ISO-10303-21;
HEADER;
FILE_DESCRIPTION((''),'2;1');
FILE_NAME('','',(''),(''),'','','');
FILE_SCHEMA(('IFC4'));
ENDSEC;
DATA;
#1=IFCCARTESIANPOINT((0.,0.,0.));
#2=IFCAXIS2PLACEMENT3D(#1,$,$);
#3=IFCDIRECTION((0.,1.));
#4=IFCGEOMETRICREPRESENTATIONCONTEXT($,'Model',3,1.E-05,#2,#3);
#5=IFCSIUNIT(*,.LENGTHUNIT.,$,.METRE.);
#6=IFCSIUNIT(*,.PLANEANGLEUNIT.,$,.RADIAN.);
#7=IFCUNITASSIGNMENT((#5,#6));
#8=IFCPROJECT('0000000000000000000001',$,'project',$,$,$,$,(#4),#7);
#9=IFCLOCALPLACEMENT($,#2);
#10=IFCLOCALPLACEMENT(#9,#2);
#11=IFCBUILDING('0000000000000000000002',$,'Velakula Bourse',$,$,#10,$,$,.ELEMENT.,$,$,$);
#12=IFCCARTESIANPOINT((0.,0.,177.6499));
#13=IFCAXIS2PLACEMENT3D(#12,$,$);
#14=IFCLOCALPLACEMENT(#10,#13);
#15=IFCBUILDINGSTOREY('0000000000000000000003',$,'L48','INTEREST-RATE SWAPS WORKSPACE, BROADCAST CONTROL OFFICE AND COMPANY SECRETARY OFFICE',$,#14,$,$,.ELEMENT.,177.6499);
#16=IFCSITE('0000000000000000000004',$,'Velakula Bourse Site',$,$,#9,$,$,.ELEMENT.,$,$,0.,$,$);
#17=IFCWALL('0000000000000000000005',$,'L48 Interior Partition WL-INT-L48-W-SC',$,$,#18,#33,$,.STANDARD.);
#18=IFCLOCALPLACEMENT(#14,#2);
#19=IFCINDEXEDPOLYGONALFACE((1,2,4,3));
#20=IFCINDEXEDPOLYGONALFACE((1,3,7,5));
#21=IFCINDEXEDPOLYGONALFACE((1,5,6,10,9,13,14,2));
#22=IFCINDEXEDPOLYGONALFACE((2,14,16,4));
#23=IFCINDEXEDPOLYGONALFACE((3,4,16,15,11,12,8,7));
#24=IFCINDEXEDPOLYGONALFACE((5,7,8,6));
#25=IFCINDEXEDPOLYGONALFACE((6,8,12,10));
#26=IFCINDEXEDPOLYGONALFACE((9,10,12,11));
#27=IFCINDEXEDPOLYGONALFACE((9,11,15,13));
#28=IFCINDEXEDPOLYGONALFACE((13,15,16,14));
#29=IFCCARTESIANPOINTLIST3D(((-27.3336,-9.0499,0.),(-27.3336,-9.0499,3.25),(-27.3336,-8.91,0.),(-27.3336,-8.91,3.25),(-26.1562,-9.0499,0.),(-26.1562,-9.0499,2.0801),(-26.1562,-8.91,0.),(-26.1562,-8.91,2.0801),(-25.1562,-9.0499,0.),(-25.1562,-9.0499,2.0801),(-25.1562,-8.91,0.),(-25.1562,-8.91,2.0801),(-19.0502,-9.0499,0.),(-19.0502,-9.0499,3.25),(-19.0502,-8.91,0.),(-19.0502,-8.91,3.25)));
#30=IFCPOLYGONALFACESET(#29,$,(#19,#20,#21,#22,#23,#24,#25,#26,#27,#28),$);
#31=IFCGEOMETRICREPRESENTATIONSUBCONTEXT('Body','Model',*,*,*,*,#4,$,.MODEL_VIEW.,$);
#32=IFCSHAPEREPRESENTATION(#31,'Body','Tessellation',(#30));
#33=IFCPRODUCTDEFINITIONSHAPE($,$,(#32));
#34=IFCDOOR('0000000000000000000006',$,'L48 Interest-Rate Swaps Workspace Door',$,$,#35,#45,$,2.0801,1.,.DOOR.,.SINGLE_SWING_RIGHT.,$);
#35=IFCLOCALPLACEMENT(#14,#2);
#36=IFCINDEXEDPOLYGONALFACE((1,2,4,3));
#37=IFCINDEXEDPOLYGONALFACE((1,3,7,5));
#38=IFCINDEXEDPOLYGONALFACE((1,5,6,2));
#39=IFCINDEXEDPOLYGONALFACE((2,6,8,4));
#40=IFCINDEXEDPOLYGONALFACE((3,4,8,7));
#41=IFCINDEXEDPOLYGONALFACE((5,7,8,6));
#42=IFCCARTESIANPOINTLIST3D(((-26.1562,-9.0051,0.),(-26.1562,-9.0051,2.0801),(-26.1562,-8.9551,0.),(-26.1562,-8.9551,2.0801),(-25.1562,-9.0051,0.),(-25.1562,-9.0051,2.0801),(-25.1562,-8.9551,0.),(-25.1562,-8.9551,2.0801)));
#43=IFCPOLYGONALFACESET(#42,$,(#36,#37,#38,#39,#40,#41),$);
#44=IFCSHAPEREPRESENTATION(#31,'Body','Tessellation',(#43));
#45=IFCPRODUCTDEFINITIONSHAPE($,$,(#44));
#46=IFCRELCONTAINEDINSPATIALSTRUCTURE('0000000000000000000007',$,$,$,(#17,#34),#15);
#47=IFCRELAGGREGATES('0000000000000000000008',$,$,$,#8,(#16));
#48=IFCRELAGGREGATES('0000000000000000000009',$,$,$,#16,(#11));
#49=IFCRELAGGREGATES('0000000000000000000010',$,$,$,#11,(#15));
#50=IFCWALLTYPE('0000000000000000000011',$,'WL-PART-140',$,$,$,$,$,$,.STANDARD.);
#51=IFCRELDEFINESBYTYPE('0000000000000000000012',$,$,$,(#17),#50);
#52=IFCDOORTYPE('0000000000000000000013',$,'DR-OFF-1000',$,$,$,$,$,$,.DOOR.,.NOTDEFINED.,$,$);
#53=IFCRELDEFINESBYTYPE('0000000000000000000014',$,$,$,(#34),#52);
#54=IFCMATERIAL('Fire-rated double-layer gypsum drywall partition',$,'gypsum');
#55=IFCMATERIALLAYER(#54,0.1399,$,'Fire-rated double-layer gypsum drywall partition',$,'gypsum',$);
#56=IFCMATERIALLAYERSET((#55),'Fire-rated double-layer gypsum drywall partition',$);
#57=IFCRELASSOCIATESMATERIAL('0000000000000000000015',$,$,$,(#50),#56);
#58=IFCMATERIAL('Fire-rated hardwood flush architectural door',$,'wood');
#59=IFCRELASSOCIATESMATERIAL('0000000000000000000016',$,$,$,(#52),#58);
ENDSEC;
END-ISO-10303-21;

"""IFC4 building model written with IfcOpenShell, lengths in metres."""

from ifc_helpers import new_model, si_unit, direction, frame, frame_2d, origin, place, context, subcontext, project, spatial, rectangle, extrude, material, layer, layer_set, type_object, element, fill, save


model = new_model("IFC4")

# Units and contexts
model_context = context("Model", 3, precision=1e-05, world=origin(), true_north=direction((0.0, 1.0)))
body_context = subcontext(model_context, "Body", "Model", "MODEL_VIEW")
ifc_project = project(units=[si_unit("LENGTHUNIT", "METRE"), si_unit("PLANEANGLEUNIT", "RADIAN")], contexts=[model_context])

# Site, building, storey
site_placement = place(None, origin())
site = spatial("IfcSite", under=ifc_project, at=site_placement, Name="Velakula Bourse Site", CompositionType="ELEMENT", RefElevation=0.0)
building_placement = place(site_placement, origin())
building = spatial("IfcBuilding", under=site, at=building_placement, Name="Velakula Bourse", CompositionType="ELEMENT")
storey_placement = place(building_placement, frame((0.0, 0.0, 177.6499)))
storey = spatial("IfcBuildingStorey", under=building, at=storey_placement, Name="L48", Description="INTEREST-RATE SWAPS WORKSPACE, BROADCAST CONTROL OFFICE AND COMPANY SECRETARY OFFICE", CompositionType="ELEMENT", Elevation=177.6499)

# Shared definitions
ifc_material_1 = material(Name="Fire-rated double-layer gypsum drywall partition", Category="gypsum")
ifc_layer_1 = layer(ifc_material_1, 0.1399, Name="Fire-rated double-layer gypsum drywall partition", Category="gypsum")
ifc_layer_set_1 = layer_set([ifc_layer_1], Name="Fire-rated double-layer gypsum drywall partition")
wall_type_1 = type_object("IfcWallType", Name="WL-PART-140", PredefinedType="STANDARD", material=ifc_layer_set_1)
ifc_material_2 = material(Name="Fire-rated hardwood flush architectural door", Category="wood")
door_type_1 = type_object("IfcDoorType", Name="DR-OFF-1000", OperationType="NOTDEFINED", PredefinedType="DOOR", material=ifc_material_2)

# Wall, opening, door
wall_1_placement = place(storey_placement, frame((-27.3335, -8.98, 0.0), z_axis=(0.0, 0.0, 1.0), x_axis=(1.0, 0.0, 0.0)))
wall_1 = element("IfcWall", 1, at=wall_1_placement, inside=storey, type_object=wall_type_1, Name="L48 Interior Partition WL-INT-L48-W-SC", PredefinedType="STANDARD", context=body_context, shape_type="SweptSolid", body=[
    extrude(rectangle(XDim=8.2834, YDim=0.1399, at=frame_2d((4.1416, 0.0))), origin(), (0.0, 0.0, 1.0), 3.25),
])
opening_1_placement = place(wall_1_placement, frame((1.1772, 0.0, 0.0)))
opening_1 = element("IfcOpeningElement", 2, at=opening_1_placement, cuts=wall_1, PredefinedType="OPENING", context=body_context, shape_type="SweptSolid", body=[
    extrude(rectangle(XDim=1.0, YDim=2.0801, at=frame_2d((0.5, 1.04))), frame((0.0, 0.0798, 0.0), z_axis=(0.0, -1.0, 0.0), x_axis=(1.0, 0.0, 0.0)), (0.0, 0.0, 1.0), 0.1599),
])
door_1_placement = place(opening_1_placement, origin())
door_1 = element("IfcDoor", 3, at=door_1_placement, inside=storey, type_object=door_type_1, Name="L48 Interest-Rate Swaps Workspace Door", OperationType="SINGLE_SWING_RIGHT", OverallHeight=2.0801, OverallWidth=1.0, PredefinedType="DOOR", context=body_context, shape_type="SweptSolid", body=[
    extrude(rectangle(XDim=1.0, YDim=2.0801, at=frame_2d((0.5, 1.04))), frame((0.0, 0.0249, 0.0), z_axis=(0.0, -1.0, 0.0), x_axis=(1.0, 0.0, 0.0)), (0.0, 0.0, 1.0), 0.05),
])
fill(opening_1, door_1)

save(model, "model.ifc")
